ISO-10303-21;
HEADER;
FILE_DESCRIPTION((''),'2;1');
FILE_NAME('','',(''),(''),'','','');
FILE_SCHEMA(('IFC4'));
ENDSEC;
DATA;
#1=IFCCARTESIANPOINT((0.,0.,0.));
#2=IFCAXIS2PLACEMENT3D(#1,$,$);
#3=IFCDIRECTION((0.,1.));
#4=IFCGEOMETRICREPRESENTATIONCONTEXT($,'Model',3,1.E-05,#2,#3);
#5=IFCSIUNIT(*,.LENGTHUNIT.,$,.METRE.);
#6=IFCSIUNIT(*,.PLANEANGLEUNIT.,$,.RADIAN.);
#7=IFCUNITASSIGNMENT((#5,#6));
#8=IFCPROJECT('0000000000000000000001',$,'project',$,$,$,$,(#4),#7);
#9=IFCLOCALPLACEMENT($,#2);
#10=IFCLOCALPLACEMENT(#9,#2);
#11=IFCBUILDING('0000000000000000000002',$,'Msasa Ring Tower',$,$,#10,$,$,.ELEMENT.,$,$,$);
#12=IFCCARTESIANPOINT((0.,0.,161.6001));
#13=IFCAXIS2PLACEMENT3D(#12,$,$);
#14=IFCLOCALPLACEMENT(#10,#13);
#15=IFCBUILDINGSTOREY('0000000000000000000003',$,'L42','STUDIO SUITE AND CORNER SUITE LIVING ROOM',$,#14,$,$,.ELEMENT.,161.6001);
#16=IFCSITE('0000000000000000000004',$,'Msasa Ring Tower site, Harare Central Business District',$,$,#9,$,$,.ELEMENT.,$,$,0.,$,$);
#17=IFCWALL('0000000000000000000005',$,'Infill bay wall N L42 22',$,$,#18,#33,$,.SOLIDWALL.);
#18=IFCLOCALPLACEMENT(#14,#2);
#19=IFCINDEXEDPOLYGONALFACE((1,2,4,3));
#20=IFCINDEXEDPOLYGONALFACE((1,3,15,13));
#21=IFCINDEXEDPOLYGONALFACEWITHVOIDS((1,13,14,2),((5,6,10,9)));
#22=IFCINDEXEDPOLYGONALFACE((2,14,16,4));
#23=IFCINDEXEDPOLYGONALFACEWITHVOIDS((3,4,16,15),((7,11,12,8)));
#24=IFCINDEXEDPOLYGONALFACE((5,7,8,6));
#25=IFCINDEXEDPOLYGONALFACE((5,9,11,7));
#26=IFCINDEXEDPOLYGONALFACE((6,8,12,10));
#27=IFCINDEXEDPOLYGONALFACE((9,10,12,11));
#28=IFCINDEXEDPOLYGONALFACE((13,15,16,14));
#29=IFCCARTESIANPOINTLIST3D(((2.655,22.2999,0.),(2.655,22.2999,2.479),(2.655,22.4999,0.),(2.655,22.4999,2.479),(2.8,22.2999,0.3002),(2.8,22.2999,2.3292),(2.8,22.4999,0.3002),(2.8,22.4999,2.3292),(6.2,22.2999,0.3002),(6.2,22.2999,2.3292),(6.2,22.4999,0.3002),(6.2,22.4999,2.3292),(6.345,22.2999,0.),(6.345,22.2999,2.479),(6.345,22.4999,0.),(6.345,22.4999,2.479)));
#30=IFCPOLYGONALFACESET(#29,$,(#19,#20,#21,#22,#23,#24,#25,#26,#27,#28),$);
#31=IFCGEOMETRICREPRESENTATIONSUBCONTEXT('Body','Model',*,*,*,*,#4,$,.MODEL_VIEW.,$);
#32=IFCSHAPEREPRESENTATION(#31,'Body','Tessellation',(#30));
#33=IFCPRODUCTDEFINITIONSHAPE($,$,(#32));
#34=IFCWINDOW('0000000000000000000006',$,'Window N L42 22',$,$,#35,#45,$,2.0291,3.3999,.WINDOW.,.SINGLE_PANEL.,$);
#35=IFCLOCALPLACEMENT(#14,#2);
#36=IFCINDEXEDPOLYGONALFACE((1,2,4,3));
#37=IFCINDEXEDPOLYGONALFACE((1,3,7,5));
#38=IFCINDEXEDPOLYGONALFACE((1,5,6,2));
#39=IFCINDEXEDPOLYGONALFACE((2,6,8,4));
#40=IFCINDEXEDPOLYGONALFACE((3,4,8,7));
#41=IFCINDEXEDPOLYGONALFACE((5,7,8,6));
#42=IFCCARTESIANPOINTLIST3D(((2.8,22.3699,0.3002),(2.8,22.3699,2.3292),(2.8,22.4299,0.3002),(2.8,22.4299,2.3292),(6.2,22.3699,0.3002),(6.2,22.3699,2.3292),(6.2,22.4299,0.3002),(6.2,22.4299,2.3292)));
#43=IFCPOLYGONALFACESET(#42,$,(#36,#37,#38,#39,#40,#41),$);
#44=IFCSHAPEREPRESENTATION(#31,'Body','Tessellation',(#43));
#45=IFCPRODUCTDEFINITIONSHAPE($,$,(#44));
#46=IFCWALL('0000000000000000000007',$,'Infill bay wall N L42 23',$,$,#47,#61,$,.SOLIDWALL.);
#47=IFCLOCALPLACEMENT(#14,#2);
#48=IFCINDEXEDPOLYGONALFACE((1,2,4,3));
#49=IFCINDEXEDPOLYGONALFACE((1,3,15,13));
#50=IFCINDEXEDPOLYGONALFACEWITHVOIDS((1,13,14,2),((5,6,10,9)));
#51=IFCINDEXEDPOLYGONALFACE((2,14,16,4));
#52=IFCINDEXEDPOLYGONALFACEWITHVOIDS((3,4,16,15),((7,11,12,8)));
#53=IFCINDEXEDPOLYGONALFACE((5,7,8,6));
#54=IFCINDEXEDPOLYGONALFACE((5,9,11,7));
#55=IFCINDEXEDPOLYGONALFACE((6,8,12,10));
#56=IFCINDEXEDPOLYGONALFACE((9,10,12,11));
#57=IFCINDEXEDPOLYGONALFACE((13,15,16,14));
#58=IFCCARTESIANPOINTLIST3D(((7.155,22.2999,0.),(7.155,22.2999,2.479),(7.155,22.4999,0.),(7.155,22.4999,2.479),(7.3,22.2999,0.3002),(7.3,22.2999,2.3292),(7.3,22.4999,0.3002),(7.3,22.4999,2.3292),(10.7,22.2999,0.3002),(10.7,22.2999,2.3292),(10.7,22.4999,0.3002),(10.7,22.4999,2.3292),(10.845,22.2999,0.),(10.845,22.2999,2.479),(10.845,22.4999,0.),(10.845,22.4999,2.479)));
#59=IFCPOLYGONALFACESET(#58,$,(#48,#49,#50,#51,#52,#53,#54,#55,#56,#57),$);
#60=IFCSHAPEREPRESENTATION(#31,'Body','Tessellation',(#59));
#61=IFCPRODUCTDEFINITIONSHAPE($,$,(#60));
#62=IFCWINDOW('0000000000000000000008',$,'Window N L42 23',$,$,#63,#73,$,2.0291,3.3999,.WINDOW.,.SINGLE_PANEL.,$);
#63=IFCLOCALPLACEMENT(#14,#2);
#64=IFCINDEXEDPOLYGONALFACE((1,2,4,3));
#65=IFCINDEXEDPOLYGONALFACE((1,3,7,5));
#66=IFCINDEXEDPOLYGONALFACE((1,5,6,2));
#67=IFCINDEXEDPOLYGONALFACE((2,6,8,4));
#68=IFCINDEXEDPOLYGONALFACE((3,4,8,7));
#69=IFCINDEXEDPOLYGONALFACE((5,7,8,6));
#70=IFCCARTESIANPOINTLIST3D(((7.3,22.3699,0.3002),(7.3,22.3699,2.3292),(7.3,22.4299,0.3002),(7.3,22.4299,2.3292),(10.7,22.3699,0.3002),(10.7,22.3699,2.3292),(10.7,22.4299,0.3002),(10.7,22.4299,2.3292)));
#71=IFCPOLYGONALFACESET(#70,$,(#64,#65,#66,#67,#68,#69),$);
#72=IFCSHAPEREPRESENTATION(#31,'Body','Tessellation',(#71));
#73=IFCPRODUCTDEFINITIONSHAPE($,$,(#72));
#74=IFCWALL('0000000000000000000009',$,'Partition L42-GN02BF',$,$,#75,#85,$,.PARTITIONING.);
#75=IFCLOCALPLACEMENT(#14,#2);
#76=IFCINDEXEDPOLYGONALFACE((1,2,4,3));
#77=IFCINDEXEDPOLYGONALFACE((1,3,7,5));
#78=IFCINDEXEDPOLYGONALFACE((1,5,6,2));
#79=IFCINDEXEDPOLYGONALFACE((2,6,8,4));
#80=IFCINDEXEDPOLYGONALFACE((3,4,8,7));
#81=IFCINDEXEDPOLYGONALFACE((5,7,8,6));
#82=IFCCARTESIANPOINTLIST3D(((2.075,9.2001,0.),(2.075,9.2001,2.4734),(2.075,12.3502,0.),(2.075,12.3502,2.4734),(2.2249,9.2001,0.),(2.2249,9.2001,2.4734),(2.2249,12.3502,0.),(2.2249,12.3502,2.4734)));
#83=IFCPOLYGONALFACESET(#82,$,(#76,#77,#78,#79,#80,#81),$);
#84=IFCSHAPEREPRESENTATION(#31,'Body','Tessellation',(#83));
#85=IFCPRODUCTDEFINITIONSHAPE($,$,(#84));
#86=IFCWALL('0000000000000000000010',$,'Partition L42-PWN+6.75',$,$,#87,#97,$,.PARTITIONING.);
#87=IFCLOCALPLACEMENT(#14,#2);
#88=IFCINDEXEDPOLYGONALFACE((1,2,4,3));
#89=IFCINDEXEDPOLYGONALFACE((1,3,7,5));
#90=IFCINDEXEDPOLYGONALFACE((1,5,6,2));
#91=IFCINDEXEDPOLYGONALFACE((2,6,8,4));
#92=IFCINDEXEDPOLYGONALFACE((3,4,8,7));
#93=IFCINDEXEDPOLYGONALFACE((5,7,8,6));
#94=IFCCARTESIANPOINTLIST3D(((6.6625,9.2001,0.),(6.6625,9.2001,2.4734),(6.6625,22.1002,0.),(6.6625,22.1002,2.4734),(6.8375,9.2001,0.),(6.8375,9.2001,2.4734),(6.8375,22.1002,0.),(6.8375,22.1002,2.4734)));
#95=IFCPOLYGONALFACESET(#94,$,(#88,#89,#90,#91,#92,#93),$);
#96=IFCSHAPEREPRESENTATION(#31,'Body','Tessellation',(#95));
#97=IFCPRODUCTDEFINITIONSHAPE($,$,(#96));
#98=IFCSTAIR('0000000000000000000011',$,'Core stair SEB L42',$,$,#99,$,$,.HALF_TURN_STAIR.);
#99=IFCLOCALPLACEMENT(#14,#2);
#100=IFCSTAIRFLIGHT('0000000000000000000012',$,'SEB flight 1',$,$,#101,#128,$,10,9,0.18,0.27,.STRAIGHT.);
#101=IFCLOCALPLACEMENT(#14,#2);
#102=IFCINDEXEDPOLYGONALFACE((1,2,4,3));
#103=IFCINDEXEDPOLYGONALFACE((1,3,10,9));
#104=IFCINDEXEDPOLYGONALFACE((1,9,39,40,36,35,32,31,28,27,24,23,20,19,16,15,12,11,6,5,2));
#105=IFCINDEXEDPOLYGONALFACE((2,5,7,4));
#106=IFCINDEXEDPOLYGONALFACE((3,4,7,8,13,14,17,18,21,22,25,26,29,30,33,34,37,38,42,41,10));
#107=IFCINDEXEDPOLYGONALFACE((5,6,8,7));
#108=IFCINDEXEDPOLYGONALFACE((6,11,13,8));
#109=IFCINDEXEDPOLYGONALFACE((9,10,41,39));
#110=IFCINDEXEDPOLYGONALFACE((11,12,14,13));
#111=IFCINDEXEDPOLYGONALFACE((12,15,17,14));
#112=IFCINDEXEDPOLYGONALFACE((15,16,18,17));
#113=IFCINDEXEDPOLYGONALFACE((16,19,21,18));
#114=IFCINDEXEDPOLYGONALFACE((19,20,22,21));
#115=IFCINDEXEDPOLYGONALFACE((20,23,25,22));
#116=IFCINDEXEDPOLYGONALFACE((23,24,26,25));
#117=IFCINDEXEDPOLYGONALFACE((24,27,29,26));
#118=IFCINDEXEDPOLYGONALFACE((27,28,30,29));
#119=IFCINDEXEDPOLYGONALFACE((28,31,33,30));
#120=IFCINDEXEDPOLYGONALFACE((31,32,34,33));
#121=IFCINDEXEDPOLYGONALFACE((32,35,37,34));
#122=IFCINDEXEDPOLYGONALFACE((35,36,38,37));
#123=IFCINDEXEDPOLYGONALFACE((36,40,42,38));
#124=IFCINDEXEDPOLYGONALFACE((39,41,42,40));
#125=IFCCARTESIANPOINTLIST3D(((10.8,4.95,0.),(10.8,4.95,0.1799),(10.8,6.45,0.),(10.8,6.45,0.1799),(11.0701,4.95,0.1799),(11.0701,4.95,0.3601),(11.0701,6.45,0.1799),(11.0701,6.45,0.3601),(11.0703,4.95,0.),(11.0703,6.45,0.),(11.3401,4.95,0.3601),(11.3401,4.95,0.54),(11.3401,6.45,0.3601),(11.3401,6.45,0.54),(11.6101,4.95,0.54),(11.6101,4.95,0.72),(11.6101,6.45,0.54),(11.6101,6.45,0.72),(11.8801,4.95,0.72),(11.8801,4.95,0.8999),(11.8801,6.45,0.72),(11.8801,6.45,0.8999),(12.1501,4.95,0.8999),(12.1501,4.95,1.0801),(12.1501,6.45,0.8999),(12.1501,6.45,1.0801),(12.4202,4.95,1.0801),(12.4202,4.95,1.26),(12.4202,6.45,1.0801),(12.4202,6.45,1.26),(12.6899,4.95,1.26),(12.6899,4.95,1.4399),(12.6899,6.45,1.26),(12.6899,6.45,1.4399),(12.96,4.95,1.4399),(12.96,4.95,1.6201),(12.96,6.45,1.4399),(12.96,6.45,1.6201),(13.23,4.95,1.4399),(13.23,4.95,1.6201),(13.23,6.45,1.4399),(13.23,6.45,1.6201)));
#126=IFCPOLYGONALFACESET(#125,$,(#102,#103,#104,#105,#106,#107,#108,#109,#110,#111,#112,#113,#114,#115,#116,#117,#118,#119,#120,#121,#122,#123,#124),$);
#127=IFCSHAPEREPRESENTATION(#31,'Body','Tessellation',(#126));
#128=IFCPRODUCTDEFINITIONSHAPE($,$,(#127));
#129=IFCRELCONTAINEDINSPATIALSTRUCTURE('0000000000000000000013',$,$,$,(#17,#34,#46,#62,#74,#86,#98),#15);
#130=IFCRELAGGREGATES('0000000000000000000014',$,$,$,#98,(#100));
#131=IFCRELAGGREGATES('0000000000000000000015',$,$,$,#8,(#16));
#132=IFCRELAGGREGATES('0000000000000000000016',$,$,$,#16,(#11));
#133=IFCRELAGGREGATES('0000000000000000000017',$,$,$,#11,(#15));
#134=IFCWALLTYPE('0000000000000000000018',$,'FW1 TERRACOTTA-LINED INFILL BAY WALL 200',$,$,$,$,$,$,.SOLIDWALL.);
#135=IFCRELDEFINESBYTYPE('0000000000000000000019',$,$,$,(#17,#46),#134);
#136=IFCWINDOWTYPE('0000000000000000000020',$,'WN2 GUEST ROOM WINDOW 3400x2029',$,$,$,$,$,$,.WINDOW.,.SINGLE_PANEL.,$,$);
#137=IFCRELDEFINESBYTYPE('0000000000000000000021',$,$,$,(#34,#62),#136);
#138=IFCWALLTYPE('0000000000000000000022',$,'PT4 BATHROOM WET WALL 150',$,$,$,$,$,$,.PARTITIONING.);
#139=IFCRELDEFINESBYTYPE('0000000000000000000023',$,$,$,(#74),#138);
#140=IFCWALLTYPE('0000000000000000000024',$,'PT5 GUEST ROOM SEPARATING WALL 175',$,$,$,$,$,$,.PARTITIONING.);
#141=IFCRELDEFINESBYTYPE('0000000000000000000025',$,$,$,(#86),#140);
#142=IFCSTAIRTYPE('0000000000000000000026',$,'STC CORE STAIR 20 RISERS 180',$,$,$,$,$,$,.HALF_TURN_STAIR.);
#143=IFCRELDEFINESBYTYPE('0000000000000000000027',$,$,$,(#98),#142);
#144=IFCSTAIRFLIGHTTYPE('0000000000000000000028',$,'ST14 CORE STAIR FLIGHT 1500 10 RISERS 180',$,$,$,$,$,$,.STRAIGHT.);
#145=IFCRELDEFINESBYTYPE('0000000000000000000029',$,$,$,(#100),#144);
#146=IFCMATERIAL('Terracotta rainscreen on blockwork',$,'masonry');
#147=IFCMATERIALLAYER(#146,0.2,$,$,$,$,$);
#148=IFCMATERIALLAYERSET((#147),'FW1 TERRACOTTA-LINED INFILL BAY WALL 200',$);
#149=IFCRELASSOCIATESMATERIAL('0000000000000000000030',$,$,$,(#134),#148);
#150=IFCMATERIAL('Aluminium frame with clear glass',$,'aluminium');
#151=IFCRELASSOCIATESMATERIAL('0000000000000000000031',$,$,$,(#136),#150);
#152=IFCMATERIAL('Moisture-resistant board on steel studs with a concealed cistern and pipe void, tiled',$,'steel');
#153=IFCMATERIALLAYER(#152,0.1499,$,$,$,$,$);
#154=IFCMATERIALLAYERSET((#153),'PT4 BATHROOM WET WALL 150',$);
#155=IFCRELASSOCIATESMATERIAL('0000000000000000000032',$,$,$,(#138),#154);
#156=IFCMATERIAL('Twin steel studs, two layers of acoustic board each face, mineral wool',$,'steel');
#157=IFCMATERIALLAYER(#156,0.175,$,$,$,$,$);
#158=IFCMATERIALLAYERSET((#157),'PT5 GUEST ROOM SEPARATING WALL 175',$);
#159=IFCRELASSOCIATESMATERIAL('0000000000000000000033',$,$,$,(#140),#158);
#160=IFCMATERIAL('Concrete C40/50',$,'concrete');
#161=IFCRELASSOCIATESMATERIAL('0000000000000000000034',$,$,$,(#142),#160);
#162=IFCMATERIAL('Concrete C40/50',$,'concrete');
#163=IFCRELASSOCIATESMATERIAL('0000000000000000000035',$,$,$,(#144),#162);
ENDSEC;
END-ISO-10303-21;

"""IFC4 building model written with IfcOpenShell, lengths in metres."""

from ifc_helpers import new_model, si_unit, direction, frame, frame_2d, origin, place, context, subcontext, project, spatial, polyline, rectangle, outline, extrude, material, layer, layer_set, type_object, element, fill, aggregate, save


model = new_model("IFC4")

# Units and contexts
model_context = context("Model", 3, precision=1e-05, world=origin(), true_north=direction((0.0, 1.0)))
body_context = subcontext(model_context, "Body", "Model", "MODEL_VIEW")
ifc_project = project(units=[si_unit("LENGTHUNIT", "METRE"), si_unit("PLANEANGLEUNIT", "RADIAN")], contexts=[model_context])

# Site, building, storey
site_placement = place(None, origin())
site = spatial("IfcSite", under=ifc_project, at=site_placement, Name="Msasa Ring Tower site, Harare Central Business District", CompositionType="ELEMENT", RefElevation=0.0)
building_placement = place(site_placement, origin())
building = spatial("IfcBuilding", under=site, at=building_placement, Name="Msasa Ring Tower", CompositionType="ELEMENT")
storey_placement = place(building_placement, frame((0.0, 0.0, 161.6001)))
storey = spatial("IfcBuildingStorey", under=building, at=storey_placement, Name="L42", Description="STUDIO SUITE AND CORNER SUITE LIVING ROOM", CompositionType="ELEMENT", Elevation=161.6001)

# Walls, openings, windows
ifc_material_1 = material(Name="Terracotta rainscreen on blockwork", Category="masonry")
ifc_layer_1 = layer(ifc_material_1, 0.2)
ifc_layer_set_1 = layer_set([ifc_layer_1], Name="FW1 TERRACOTTA-LINED INFILL BAY WALL 200")
wall_type_1 = type_object("IfcWallType", Name="FW1 TERRACOTTA-LINED INFILL BAY WALL 200", PredefinedType="SOLIDWALL", material=ifc_layer_set_1)
wall_1_placement = place(storey_placement, frame((2.655, 22.3999, 0.0), z_axis=(0.0, 0.0, 1.0), x_axis=(1.0, 0.0, 0.0)))
wall_1 = element("IfcWall", 1, at=wall_1_placement, inside=storey, type_object=wall_type_1, Name="Infill bay wall N L42 22", PredefinedType="SOLIDWALL", context=body_context, shape_type="SweptSolid", body=[
    extrude(rectangle(XDim=3.6899, YDim=0.2, at=frame_2d((1.845, 0.0))), origin(), (0.0, 0.0, 1.0), 2.479),
])
opening_1_placement = place(wall_1_placement, frame((0.145, 0.0, 0.3)))
opening_1 = element("IfcOpeningElement", 2, at=opening_1_placement, cuts=wall_1, PredefinedType="OPENING", context=body_context, shape_type="SweptSolid", body=[
    extrude(rectangle(XDim=3.3999, YDim=2.0291, at=frame_2d((1.7, 1.0146))), frame((0.0, 0.1099, 0.0), z_axis=(0.0, -1.0, 0.0), x_axis=(1.0, 0.0, 0.0)), (0.0, 0.0, 1.0), 0.22),
])
ifc_material_2 = material(Name="Aluminium frame with clear glass", Category="aluminium")
window_type = type_object("IfcWindowType", Name="WN2 GUEST ROOM WINDOW 3400x2029", PartitioningType="SINGLE_PANEL", PredefinedType="WINDOW", material=ifc_material_2)
window_1_placement = place(opening_1_placement, origin())
window_1 = element("IfcWindow", 3, at=window_1_placement, inside=storey, type_object=window_type, Name="Window N L42 22", OverallHeight=2.0291, OverallWidth=3.3999, PartitioningType="SINGLE_PANEL", PredefinedType="WINDOW", context=body_context, shape_type="SweptSolid", body=[
    extrude(rectangle(XDim=3.3999, YDim=2.0291, at=frame_2d((1.7, 1.0146))), frame((0.0, 0.03, 0.0), z_axis=(0.0, -1.0, 0.0), x_axis=(1.0, 0.0, 0.0)), (0.0, 0.0, 1.0), 0.0601),
])
fill(opening_1, window_1)
wall_2_placement = place(storey_placement, frame((7.155, 22.3999, 0.0), z_axis=(0.0, 0.0, 1.0), x_axis=(1.0, 0.0, 0.0)))
wall_2 = element("IfcWall", 4, at=wall_2_placement, inside=storey, type_object=wall_type_1, Name="Infill bay wall N L42 23", PredefinedType="SOLIDWALL", context=body_context, shape_type="SweptSolid", body=[
    extrude(rectangle(XDim=3.6899, YDim=0.2, at=frame_2d((1.845, 0.0))), origin(), (0.0, 0.0, 1.0), 2.479),
])
opening_2_placement = place(wall_2_placement, frame((0.145, 0.0, 0.3)))
opening_2 = element("IfcOpeningElement", 5, at=opening_2_placement, cuts=wall_2, PredefinedType="OPENING", context=body_context, shape_type="SweptSolid", body=[
    extrude(rectangle(XDim=3.3999, YDim=2.0291, at=frame_2d((1.7, 1.0146))), frame((0.0, 0.1099, 0.0), z_axis=(0.0, -1.0, 0.0), x_axis=(1.0, 0.0, 0.0)), (0.0, 0.0, 1.0), 0.22),
])
window_2_placement = place(opening_2_placement, origin())
window_2 = element("IfcWindow", 6, at=window_2_placement, inside=storey, type_object=window_type, Name="Window N L42 23", OverallHeight=2.0291, OverallWidth=3.3999, PartitioningType="SINGLE_PANEL", PredefinedType="WINDOW", context=body_context, shape_type="SweptSolid", body=[
    extrude(rectangle(XDim=3.3999, YDim=2.0291, at=frame_2d((1.7, 1.0146))), frame((0.0, 0.03, 0.0), z_axis=(0.0, -1.0, 0.0), x_axis=(1.0, 0.0, 0.0)), (0.0, 0.0, 1.0), 0.0601),
])
fill(opening_2, window_2)

# Walls
ifc_material_3 = material(Name="Moisture-resistant board on steel studs with a concealed cistern and pipe void, tiled", Category="steel")
ifc_layer_2 = layer(ifc_material_3, 0.1499)
ifc_layer_set_2 = layer_set([ifc_layer_2], Name="PT4 BATHROOM WET WALL 150")
wall_type_2 = type_object("IfcWallType", Name="PT4 BATHROOM WET WALL 150", PredefinedType="PARTITIONING", material=ifc_layer_set_2)
wall_3_placement = place(storey_placement, frame((2.1499, 9.2, 0.0), z_axis=(0.0, 0.0, 1.0), x_axis=(0.0, 1.0, 0.0)))
element("IfcWall", 7, at=wall_3_placement, inside=storey, type_object=wall_type_2, Name="Partition L42-GN02BF", PredefinedType="PARTITIONING", context=body_context, shape_type="SweptSolid", body=[
    extrude(rectangle(XDim=3.1501, YDim=0.1499, at=frame_2d((1.5752, 0.0))), origin(), (0.0, 0.0, 1.0), 2.4734),
])
ifc_material_4 = material(Name="Twin steel studs, two layers of acoustic board each face, mineral wool", Category="steel")
ifc_layer_3 = layer(ifc_material_4, 0.175)
ifc_layer_set_3 = layer_set([ifc_layer_3], Name="PT5 GUEST ROOM SEPARATING WALL 175")
wall_type_3 = type_object("IfcWallType", Name="PT5 GUEST ROOM SEPARATING WALL 175", PredefinedType="PARTITIONING", material=ifc_layer_set_3)
wall_4_placement = place(storey_placement, frame((6.75, 9.2, 0.0), z_axis=(0.0, 0.0, 1.0), x_axis=(0.0, 1.0, 0.0)))
element("IfcWall", 8, at=wall_4_placement, inside=storey, type_object=wall_type_3, Name="Partition L42-PWN+6.75", PredefinedType="PARTITIONING", context=body_context, shape_type="SweptSolid", body=[
    extrude(rectangle(XDim=12.9001, YDim=0.175, at=frame_2d((6.4502, 0.0))), origin(), (0.0, 0.0, 1.0), 2.4734),
])

# Stair, stair flight
ifc_material_5 = material(Name="Concrete C40/50", Category="concrete")
stair_type = type_object("IfcStairType", Name="STC CORE STAIR 20 RISERS 180", PredefinedType="HALF_TURN_STAIR", material=ifc_material_5)
stair_placement = place(storey_placement, origin())
stair = element("IfcStair", 9, at=stair_placement, inside=storey, type_object=stair_type, Name="Core stair SEB L42", PredefinedType="HALF_TURN_STAIR")
ifc_material_6 = material(Name="Concrete C40/50", Category="concrete")
stair_flight_type = type_object("IfcStairFlightType", Name="ST14 CORE STAIR FLIGHT 1500 10 RISERS 180", PredefinedType="STRAIGHT", material=ifc_material_6)
stair_flight_placement = place(storey_placement, frame((10.8, 5.7, 0.0), z_axis=(0.0, 0.0, 1.0), x_axis=(1.0, 0.0, 0.0)))
stair_flight = element("IfcStairFlight", 10, at=stair_flight_placement, type_object=stair_flight_type, Name="SEB flight 1", NumberOfRisers=10, NumberOfTreads=9, PredefinedType="STRAIGHT", RiserHeight=0.18, TreadLength=0.27, context=body_context, shape_type="SweptSolid", body=[
    extrude(outline(polyline([(0.0, 0.0), (0.0, 0.1799), (0.27, 0.1799), (0.27, 0.3601), (0.54, 0.3601), (0.54, 0.54), (0.8101, 0.54), (0.8101, 0.72), (1.0801, 0.72), (1.0801, 0.8999), (1.3501, 0.8999), (1.3501, 1.0801), (1.6201, 1.0801), (1.6201, 1.26), (1.8899, 1.26), (1.8899, 1.4399), (2.1599, 1.4399), (2.1599, 1.6201), (2.4299, 1.6201), (2.4299, 1.8), (2.4299, 1.4399), (0.2703, 0.0), (0.0, 0.0)])), frame((0.0, 0.75, 0.0), z_axis=(0.0, -1.0, 0.0), x_axis=(1.0, 0.0, 0.0)), (0.0, 0.0, 1.0), 1.5),
])
aggregate(stair, [stair_flight])

save(model, "model.ifc")
